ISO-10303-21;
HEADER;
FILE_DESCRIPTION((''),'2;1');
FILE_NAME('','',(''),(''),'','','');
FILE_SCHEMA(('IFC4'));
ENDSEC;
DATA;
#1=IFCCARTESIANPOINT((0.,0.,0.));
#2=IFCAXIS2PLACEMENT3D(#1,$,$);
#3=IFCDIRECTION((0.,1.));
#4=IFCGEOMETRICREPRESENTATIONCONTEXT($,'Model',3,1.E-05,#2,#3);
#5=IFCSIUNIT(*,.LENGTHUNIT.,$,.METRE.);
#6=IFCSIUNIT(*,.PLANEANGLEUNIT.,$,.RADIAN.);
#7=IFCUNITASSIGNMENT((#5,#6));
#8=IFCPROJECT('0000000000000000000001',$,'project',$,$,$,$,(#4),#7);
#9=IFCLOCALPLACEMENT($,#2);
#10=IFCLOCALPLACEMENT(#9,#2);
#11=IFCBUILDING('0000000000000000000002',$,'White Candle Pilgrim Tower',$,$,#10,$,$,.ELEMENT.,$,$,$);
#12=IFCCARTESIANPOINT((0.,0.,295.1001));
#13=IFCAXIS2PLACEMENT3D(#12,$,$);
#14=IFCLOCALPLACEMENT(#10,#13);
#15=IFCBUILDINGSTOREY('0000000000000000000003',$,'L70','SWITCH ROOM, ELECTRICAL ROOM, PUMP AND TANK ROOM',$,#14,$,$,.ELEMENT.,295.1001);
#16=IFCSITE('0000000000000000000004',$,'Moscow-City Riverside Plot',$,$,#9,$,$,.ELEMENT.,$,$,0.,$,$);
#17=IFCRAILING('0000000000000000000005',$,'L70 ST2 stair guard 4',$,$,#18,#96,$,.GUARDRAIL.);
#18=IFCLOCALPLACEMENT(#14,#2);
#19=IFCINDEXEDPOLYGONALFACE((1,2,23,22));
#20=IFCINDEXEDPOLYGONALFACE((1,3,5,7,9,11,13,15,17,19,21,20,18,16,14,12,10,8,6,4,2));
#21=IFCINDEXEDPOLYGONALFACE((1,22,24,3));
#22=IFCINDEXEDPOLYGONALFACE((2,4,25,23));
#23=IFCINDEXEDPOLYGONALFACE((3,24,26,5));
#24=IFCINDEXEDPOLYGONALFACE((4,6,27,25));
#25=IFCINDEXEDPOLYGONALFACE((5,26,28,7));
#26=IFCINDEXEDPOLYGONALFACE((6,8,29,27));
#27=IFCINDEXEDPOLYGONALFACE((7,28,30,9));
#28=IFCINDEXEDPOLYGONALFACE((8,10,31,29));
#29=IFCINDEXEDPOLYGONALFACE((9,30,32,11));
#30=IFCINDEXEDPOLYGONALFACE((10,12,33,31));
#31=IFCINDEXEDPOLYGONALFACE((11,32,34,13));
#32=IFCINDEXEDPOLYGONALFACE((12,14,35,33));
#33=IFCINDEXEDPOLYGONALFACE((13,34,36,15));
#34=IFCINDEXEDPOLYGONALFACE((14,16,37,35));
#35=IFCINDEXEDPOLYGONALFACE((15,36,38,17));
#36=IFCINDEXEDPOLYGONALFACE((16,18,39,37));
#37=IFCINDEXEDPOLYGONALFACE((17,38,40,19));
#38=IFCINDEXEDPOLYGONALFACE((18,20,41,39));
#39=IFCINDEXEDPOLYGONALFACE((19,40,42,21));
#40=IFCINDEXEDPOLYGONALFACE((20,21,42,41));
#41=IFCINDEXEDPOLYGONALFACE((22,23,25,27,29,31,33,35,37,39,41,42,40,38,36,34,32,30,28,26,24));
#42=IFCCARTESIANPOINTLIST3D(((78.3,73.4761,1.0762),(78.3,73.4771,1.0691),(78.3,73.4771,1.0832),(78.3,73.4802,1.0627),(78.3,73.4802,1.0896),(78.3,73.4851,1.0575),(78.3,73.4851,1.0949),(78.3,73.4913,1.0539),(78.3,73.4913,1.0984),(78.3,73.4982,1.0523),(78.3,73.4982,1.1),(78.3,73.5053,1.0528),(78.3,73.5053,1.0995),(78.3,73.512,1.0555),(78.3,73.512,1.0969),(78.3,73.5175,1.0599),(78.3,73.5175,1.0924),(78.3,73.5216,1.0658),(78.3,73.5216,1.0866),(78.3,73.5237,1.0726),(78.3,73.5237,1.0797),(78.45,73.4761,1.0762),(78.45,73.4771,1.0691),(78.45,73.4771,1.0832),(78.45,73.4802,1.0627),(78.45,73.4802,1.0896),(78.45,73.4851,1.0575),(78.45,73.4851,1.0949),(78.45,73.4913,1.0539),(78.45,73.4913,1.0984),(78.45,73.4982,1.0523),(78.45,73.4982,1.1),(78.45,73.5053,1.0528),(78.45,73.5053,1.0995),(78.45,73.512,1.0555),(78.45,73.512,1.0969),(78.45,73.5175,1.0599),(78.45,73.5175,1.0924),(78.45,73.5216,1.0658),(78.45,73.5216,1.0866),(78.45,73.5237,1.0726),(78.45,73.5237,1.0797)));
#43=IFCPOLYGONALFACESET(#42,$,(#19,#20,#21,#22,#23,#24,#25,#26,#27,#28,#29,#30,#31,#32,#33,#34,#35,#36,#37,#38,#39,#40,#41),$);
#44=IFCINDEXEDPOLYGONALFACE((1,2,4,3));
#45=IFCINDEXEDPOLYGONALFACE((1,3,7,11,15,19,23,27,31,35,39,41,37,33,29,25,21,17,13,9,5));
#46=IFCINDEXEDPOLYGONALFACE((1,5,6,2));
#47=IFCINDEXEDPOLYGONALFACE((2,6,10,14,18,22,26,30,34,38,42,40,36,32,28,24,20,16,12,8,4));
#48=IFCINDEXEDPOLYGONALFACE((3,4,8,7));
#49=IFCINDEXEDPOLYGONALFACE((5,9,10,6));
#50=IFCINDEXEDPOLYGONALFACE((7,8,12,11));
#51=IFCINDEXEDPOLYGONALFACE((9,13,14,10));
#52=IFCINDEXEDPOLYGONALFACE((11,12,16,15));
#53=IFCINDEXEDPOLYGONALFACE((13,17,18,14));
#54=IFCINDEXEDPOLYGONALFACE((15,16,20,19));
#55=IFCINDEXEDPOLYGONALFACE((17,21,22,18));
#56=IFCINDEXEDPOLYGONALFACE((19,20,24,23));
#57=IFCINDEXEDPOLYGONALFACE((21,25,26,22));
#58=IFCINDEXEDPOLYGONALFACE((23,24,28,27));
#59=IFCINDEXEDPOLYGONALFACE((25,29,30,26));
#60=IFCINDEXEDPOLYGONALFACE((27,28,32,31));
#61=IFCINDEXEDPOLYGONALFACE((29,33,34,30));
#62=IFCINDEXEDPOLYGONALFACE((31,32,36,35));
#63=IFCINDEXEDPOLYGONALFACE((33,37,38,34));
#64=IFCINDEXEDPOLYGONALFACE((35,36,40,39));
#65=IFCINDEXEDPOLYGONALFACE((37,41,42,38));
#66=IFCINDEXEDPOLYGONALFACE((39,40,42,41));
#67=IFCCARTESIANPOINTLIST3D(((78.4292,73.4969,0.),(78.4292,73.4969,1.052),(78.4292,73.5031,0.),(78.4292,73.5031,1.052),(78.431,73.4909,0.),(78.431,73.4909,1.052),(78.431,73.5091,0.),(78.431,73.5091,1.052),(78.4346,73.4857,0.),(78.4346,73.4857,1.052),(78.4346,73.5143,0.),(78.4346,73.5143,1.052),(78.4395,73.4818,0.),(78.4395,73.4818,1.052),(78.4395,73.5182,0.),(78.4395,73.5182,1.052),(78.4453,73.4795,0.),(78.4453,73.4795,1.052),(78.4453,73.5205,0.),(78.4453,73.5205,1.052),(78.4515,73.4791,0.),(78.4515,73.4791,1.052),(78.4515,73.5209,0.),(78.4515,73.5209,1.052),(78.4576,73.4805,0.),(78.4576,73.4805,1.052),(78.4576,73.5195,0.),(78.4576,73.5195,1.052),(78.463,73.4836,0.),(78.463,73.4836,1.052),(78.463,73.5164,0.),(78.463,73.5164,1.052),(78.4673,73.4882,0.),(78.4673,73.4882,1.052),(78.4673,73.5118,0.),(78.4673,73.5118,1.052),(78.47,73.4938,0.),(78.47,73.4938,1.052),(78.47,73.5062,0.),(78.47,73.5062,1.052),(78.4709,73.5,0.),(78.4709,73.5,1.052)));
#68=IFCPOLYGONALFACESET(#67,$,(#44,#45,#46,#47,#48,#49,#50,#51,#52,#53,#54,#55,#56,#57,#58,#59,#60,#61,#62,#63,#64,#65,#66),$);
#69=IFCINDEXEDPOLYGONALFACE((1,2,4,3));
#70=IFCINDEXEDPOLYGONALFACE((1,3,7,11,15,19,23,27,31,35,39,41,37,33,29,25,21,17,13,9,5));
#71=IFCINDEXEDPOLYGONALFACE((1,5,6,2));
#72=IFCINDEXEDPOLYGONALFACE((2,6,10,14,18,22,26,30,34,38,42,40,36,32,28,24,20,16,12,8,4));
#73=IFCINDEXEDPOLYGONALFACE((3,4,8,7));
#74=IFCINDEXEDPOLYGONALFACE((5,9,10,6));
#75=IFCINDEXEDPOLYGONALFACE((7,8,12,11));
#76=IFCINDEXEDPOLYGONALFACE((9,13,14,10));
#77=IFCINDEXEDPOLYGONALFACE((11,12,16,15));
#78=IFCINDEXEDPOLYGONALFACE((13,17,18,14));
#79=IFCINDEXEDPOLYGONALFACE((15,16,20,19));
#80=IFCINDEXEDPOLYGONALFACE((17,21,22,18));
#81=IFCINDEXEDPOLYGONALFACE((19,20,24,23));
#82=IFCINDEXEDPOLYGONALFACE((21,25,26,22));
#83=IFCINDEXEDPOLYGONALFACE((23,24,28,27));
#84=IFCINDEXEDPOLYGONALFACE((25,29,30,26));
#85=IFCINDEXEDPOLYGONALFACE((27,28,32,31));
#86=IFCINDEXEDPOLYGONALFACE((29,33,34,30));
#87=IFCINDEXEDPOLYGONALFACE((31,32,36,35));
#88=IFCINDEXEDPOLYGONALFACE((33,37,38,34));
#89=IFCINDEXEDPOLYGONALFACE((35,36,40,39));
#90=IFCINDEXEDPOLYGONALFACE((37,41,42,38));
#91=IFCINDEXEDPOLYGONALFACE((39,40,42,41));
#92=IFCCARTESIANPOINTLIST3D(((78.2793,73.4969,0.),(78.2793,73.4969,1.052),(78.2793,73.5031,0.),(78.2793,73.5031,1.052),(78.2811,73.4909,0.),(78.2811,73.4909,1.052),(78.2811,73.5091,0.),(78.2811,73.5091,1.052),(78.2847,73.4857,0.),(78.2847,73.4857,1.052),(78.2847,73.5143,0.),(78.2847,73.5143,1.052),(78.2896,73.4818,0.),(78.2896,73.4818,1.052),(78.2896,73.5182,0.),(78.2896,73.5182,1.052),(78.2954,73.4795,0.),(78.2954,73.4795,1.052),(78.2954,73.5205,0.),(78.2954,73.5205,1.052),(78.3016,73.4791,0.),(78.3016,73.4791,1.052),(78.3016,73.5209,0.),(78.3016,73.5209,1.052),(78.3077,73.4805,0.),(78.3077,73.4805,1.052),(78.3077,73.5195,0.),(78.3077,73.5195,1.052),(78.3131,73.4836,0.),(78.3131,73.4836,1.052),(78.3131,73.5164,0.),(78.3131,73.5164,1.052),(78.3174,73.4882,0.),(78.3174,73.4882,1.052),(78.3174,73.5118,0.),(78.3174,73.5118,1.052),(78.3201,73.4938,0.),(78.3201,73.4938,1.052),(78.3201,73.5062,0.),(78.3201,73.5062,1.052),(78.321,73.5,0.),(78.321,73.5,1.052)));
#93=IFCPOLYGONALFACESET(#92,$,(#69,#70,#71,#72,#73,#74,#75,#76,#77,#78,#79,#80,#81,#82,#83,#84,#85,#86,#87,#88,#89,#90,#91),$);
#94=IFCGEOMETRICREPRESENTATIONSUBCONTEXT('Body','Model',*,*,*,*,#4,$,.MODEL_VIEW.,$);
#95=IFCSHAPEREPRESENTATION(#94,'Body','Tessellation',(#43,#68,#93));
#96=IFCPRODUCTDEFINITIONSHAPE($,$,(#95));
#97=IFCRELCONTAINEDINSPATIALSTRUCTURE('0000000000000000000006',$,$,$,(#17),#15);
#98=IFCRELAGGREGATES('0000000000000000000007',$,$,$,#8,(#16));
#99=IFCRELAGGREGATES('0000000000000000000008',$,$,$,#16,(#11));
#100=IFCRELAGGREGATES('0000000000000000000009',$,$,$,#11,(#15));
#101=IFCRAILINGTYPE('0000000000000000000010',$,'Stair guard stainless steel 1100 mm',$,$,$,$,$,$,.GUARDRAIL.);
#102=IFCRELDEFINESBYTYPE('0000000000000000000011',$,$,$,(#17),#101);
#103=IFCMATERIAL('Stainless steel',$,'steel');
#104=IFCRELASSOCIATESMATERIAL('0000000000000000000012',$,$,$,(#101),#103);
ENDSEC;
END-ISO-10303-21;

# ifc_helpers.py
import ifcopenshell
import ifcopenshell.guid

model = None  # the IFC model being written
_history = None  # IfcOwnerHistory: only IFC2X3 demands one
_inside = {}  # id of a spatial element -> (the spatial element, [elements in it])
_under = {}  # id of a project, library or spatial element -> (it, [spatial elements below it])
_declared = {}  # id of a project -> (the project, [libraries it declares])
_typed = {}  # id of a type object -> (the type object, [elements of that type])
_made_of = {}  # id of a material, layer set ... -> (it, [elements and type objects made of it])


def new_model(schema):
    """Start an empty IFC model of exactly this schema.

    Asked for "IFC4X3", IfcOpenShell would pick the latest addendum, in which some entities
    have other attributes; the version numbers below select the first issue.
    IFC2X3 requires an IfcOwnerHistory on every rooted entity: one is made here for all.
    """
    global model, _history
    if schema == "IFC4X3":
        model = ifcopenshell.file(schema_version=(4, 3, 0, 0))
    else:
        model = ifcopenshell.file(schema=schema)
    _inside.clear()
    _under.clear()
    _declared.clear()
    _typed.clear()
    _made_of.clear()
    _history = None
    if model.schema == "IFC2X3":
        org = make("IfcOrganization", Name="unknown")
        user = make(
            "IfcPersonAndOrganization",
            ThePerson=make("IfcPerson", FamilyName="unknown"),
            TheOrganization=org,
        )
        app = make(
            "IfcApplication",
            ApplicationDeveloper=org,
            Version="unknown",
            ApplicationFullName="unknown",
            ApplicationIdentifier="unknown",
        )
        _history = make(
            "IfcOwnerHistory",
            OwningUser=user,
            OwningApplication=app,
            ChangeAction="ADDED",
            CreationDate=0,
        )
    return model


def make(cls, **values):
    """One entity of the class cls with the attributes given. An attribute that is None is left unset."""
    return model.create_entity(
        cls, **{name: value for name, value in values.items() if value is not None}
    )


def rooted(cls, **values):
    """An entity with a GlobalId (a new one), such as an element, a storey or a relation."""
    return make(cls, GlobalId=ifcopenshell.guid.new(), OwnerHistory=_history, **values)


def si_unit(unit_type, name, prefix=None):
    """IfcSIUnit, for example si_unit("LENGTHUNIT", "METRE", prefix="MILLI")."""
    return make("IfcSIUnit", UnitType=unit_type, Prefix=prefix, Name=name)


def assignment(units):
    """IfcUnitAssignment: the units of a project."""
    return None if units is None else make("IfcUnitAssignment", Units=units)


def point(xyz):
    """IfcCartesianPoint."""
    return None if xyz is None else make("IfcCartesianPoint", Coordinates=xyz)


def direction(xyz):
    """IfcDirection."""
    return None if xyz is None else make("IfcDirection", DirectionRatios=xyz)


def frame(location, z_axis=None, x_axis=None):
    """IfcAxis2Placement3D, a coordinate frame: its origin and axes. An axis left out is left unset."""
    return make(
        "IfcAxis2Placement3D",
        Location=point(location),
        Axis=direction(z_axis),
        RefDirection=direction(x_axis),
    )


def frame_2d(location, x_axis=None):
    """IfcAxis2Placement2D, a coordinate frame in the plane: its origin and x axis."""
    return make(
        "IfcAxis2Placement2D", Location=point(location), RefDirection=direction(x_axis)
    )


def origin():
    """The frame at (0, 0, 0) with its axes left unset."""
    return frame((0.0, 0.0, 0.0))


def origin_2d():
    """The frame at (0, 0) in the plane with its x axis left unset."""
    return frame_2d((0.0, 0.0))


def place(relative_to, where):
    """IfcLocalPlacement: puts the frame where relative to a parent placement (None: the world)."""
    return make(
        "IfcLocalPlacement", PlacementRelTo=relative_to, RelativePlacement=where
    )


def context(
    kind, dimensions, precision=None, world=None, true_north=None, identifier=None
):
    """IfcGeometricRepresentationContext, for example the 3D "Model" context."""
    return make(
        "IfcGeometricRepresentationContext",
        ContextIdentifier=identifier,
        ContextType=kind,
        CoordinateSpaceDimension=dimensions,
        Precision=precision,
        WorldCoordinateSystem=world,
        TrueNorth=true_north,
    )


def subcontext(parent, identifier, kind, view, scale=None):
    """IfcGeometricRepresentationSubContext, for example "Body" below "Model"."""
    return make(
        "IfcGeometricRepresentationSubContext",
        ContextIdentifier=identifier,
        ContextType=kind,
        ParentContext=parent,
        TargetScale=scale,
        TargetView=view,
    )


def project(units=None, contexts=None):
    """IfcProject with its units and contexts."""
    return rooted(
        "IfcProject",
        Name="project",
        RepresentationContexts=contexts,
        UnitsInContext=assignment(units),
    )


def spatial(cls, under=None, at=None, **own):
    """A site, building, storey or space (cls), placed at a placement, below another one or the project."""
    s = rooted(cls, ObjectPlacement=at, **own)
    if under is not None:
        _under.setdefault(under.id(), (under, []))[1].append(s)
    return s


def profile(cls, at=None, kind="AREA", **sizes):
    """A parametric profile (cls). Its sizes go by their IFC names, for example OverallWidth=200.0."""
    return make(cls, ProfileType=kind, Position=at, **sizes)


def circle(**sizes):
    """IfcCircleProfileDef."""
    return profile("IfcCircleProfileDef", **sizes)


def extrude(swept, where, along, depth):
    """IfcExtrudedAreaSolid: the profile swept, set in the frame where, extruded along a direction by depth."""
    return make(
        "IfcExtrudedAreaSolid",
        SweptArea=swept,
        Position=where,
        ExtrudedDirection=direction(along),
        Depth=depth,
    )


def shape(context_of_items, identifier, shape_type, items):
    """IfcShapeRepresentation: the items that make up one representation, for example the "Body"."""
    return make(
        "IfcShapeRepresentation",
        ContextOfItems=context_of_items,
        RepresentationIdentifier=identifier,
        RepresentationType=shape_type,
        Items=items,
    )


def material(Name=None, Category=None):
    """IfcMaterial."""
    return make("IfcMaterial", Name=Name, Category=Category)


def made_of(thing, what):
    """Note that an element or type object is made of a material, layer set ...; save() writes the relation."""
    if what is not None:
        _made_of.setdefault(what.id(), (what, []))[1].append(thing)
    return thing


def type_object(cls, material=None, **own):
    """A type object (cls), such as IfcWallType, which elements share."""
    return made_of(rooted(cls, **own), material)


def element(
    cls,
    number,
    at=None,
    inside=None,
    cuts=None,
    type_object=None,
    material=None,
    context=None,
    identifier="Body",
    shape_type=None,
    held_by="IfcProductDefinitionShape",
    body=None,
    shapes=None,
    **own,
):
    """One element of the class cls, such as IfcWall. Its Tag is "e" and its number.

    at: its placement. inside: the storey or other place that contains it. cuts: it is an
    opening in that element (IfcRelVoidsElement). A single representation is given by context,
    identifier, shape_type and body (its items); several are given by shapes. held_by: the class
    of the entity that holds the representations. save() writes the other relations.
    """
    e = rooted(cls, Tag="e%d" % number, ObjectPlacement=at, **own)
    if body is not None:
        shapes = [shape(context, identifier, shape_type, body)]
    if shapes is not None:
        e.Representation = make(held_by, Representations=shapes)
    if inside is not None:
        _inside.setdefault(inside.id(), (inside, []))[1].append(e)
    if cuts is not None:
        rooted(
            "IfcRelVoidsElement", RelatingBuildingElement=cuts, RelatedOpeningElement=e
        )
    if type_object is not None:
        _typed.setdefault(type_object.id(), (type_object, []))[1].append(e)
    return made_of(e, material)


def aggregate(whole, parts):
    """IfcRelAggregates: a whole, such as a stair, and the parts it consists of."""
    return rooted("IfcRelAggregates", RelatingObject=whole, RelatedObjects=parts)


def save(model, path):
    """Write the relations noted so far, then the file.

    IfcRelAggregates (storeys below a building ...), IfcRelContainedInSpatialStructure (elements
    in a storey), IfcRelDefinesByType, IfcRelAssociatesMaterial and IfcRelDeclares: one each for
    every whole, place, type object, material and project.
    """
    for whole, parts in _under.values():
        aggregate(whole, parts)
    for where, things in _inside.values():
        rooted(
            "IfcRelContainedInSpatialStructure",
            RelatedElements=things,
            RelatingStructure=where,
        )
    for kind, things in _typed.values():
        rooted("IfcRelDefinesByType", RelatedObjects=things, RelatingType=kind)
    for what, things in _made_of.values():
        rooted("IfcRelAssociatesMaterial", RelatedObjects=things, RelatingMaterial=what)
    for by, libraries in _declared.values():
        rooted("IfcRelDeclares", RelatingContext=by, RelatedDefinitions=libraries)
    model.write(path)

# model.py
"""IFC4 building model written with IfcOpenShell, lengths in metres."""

from ifc_helpers import new_model, si_unit, direction, frame, origin, origin_2d, place, context, subcontext, project, spatial, circle, extrude, material, type_object, element, save


model = new_model("IFC4")

# Units and contexts
model_context = context("Model", 3, precision=1e-05, world=origin(), true_north=direction((0.0, 1.0)))
body_context = subcontext(model_context, "Body", "Model", "MODEL_VIEW")
ifc_project = project(units=[si_unit("LENGTHUNIT", "METRE"), si_unit("PLANEANGLEUNIT", "RADIAN")], contexts=[model_context])

# Site, building, storey
site_placement = place(None, origin())
site = spatial("IfcSite", under=ifc_project, at=site_placement, Name="Moscow-City Riverside Plot", CompositionType="ELEMENT", RefElevation=0.0)
building_placement = place(site_placement, origin())
building = spatial("IfcBuilding", under=site, at=building_placement, Name="White Candle Pilgrim Tower", CompositionType="ELEMENT")
storey_placement = place(building_placement, frame((0.0, 0.0, 295.1001)))
storey = spatial("IfcBuildingStorey", under=building, at=storey_placement, Name="L70", Description="SWITCH ROOM, ELECTRICAL ROOM, PUMP AND TANK ROOM", CompositionType="ELEMENT", Elevation=295.1001)

# Railing
ifc_material_1 = material(Name="Stainless steel", Category="steel")
railing_type_1 = type_object("IfcRailingType", Name="Stair guard stainless steel 1100 mm", PredefinedType="GUARDRAIL", material=ifc_material_1)
railing_1_placement = place(storey_placement, frame((78.45, 73.5, 0.0)))
element("IfcRailing", 1, at=railing_1_placement, inside=storey, type_object=railing_type_1, Name="L70 ST2 stair guard 4", PredefinedType="GUARDRAIL", context=body_context, shape_type="SweptSolid", body=[
    extrude(circle(Radius=0.0239, at=origin_2d()), frame((0.0, 0.0, 1.0762), z_axis=(-1.0, 0.0, 0.0), x_axis=(0.0, -1.0, 0.0)), (0.0, 0.0, 1.0), 0.1499),
    extrude(circle(Radius=0.021, at=origin_2d()), origin(), (0.0, 0.0, 1.0), 1.052),
    extrude(circle(Radius=0.021, at=origin_2d()), frame((-0.1499, 0.0, 0.0)), (0.0, 0.0, 1.0), 1.052),
])

save(model, "model.ifc")
